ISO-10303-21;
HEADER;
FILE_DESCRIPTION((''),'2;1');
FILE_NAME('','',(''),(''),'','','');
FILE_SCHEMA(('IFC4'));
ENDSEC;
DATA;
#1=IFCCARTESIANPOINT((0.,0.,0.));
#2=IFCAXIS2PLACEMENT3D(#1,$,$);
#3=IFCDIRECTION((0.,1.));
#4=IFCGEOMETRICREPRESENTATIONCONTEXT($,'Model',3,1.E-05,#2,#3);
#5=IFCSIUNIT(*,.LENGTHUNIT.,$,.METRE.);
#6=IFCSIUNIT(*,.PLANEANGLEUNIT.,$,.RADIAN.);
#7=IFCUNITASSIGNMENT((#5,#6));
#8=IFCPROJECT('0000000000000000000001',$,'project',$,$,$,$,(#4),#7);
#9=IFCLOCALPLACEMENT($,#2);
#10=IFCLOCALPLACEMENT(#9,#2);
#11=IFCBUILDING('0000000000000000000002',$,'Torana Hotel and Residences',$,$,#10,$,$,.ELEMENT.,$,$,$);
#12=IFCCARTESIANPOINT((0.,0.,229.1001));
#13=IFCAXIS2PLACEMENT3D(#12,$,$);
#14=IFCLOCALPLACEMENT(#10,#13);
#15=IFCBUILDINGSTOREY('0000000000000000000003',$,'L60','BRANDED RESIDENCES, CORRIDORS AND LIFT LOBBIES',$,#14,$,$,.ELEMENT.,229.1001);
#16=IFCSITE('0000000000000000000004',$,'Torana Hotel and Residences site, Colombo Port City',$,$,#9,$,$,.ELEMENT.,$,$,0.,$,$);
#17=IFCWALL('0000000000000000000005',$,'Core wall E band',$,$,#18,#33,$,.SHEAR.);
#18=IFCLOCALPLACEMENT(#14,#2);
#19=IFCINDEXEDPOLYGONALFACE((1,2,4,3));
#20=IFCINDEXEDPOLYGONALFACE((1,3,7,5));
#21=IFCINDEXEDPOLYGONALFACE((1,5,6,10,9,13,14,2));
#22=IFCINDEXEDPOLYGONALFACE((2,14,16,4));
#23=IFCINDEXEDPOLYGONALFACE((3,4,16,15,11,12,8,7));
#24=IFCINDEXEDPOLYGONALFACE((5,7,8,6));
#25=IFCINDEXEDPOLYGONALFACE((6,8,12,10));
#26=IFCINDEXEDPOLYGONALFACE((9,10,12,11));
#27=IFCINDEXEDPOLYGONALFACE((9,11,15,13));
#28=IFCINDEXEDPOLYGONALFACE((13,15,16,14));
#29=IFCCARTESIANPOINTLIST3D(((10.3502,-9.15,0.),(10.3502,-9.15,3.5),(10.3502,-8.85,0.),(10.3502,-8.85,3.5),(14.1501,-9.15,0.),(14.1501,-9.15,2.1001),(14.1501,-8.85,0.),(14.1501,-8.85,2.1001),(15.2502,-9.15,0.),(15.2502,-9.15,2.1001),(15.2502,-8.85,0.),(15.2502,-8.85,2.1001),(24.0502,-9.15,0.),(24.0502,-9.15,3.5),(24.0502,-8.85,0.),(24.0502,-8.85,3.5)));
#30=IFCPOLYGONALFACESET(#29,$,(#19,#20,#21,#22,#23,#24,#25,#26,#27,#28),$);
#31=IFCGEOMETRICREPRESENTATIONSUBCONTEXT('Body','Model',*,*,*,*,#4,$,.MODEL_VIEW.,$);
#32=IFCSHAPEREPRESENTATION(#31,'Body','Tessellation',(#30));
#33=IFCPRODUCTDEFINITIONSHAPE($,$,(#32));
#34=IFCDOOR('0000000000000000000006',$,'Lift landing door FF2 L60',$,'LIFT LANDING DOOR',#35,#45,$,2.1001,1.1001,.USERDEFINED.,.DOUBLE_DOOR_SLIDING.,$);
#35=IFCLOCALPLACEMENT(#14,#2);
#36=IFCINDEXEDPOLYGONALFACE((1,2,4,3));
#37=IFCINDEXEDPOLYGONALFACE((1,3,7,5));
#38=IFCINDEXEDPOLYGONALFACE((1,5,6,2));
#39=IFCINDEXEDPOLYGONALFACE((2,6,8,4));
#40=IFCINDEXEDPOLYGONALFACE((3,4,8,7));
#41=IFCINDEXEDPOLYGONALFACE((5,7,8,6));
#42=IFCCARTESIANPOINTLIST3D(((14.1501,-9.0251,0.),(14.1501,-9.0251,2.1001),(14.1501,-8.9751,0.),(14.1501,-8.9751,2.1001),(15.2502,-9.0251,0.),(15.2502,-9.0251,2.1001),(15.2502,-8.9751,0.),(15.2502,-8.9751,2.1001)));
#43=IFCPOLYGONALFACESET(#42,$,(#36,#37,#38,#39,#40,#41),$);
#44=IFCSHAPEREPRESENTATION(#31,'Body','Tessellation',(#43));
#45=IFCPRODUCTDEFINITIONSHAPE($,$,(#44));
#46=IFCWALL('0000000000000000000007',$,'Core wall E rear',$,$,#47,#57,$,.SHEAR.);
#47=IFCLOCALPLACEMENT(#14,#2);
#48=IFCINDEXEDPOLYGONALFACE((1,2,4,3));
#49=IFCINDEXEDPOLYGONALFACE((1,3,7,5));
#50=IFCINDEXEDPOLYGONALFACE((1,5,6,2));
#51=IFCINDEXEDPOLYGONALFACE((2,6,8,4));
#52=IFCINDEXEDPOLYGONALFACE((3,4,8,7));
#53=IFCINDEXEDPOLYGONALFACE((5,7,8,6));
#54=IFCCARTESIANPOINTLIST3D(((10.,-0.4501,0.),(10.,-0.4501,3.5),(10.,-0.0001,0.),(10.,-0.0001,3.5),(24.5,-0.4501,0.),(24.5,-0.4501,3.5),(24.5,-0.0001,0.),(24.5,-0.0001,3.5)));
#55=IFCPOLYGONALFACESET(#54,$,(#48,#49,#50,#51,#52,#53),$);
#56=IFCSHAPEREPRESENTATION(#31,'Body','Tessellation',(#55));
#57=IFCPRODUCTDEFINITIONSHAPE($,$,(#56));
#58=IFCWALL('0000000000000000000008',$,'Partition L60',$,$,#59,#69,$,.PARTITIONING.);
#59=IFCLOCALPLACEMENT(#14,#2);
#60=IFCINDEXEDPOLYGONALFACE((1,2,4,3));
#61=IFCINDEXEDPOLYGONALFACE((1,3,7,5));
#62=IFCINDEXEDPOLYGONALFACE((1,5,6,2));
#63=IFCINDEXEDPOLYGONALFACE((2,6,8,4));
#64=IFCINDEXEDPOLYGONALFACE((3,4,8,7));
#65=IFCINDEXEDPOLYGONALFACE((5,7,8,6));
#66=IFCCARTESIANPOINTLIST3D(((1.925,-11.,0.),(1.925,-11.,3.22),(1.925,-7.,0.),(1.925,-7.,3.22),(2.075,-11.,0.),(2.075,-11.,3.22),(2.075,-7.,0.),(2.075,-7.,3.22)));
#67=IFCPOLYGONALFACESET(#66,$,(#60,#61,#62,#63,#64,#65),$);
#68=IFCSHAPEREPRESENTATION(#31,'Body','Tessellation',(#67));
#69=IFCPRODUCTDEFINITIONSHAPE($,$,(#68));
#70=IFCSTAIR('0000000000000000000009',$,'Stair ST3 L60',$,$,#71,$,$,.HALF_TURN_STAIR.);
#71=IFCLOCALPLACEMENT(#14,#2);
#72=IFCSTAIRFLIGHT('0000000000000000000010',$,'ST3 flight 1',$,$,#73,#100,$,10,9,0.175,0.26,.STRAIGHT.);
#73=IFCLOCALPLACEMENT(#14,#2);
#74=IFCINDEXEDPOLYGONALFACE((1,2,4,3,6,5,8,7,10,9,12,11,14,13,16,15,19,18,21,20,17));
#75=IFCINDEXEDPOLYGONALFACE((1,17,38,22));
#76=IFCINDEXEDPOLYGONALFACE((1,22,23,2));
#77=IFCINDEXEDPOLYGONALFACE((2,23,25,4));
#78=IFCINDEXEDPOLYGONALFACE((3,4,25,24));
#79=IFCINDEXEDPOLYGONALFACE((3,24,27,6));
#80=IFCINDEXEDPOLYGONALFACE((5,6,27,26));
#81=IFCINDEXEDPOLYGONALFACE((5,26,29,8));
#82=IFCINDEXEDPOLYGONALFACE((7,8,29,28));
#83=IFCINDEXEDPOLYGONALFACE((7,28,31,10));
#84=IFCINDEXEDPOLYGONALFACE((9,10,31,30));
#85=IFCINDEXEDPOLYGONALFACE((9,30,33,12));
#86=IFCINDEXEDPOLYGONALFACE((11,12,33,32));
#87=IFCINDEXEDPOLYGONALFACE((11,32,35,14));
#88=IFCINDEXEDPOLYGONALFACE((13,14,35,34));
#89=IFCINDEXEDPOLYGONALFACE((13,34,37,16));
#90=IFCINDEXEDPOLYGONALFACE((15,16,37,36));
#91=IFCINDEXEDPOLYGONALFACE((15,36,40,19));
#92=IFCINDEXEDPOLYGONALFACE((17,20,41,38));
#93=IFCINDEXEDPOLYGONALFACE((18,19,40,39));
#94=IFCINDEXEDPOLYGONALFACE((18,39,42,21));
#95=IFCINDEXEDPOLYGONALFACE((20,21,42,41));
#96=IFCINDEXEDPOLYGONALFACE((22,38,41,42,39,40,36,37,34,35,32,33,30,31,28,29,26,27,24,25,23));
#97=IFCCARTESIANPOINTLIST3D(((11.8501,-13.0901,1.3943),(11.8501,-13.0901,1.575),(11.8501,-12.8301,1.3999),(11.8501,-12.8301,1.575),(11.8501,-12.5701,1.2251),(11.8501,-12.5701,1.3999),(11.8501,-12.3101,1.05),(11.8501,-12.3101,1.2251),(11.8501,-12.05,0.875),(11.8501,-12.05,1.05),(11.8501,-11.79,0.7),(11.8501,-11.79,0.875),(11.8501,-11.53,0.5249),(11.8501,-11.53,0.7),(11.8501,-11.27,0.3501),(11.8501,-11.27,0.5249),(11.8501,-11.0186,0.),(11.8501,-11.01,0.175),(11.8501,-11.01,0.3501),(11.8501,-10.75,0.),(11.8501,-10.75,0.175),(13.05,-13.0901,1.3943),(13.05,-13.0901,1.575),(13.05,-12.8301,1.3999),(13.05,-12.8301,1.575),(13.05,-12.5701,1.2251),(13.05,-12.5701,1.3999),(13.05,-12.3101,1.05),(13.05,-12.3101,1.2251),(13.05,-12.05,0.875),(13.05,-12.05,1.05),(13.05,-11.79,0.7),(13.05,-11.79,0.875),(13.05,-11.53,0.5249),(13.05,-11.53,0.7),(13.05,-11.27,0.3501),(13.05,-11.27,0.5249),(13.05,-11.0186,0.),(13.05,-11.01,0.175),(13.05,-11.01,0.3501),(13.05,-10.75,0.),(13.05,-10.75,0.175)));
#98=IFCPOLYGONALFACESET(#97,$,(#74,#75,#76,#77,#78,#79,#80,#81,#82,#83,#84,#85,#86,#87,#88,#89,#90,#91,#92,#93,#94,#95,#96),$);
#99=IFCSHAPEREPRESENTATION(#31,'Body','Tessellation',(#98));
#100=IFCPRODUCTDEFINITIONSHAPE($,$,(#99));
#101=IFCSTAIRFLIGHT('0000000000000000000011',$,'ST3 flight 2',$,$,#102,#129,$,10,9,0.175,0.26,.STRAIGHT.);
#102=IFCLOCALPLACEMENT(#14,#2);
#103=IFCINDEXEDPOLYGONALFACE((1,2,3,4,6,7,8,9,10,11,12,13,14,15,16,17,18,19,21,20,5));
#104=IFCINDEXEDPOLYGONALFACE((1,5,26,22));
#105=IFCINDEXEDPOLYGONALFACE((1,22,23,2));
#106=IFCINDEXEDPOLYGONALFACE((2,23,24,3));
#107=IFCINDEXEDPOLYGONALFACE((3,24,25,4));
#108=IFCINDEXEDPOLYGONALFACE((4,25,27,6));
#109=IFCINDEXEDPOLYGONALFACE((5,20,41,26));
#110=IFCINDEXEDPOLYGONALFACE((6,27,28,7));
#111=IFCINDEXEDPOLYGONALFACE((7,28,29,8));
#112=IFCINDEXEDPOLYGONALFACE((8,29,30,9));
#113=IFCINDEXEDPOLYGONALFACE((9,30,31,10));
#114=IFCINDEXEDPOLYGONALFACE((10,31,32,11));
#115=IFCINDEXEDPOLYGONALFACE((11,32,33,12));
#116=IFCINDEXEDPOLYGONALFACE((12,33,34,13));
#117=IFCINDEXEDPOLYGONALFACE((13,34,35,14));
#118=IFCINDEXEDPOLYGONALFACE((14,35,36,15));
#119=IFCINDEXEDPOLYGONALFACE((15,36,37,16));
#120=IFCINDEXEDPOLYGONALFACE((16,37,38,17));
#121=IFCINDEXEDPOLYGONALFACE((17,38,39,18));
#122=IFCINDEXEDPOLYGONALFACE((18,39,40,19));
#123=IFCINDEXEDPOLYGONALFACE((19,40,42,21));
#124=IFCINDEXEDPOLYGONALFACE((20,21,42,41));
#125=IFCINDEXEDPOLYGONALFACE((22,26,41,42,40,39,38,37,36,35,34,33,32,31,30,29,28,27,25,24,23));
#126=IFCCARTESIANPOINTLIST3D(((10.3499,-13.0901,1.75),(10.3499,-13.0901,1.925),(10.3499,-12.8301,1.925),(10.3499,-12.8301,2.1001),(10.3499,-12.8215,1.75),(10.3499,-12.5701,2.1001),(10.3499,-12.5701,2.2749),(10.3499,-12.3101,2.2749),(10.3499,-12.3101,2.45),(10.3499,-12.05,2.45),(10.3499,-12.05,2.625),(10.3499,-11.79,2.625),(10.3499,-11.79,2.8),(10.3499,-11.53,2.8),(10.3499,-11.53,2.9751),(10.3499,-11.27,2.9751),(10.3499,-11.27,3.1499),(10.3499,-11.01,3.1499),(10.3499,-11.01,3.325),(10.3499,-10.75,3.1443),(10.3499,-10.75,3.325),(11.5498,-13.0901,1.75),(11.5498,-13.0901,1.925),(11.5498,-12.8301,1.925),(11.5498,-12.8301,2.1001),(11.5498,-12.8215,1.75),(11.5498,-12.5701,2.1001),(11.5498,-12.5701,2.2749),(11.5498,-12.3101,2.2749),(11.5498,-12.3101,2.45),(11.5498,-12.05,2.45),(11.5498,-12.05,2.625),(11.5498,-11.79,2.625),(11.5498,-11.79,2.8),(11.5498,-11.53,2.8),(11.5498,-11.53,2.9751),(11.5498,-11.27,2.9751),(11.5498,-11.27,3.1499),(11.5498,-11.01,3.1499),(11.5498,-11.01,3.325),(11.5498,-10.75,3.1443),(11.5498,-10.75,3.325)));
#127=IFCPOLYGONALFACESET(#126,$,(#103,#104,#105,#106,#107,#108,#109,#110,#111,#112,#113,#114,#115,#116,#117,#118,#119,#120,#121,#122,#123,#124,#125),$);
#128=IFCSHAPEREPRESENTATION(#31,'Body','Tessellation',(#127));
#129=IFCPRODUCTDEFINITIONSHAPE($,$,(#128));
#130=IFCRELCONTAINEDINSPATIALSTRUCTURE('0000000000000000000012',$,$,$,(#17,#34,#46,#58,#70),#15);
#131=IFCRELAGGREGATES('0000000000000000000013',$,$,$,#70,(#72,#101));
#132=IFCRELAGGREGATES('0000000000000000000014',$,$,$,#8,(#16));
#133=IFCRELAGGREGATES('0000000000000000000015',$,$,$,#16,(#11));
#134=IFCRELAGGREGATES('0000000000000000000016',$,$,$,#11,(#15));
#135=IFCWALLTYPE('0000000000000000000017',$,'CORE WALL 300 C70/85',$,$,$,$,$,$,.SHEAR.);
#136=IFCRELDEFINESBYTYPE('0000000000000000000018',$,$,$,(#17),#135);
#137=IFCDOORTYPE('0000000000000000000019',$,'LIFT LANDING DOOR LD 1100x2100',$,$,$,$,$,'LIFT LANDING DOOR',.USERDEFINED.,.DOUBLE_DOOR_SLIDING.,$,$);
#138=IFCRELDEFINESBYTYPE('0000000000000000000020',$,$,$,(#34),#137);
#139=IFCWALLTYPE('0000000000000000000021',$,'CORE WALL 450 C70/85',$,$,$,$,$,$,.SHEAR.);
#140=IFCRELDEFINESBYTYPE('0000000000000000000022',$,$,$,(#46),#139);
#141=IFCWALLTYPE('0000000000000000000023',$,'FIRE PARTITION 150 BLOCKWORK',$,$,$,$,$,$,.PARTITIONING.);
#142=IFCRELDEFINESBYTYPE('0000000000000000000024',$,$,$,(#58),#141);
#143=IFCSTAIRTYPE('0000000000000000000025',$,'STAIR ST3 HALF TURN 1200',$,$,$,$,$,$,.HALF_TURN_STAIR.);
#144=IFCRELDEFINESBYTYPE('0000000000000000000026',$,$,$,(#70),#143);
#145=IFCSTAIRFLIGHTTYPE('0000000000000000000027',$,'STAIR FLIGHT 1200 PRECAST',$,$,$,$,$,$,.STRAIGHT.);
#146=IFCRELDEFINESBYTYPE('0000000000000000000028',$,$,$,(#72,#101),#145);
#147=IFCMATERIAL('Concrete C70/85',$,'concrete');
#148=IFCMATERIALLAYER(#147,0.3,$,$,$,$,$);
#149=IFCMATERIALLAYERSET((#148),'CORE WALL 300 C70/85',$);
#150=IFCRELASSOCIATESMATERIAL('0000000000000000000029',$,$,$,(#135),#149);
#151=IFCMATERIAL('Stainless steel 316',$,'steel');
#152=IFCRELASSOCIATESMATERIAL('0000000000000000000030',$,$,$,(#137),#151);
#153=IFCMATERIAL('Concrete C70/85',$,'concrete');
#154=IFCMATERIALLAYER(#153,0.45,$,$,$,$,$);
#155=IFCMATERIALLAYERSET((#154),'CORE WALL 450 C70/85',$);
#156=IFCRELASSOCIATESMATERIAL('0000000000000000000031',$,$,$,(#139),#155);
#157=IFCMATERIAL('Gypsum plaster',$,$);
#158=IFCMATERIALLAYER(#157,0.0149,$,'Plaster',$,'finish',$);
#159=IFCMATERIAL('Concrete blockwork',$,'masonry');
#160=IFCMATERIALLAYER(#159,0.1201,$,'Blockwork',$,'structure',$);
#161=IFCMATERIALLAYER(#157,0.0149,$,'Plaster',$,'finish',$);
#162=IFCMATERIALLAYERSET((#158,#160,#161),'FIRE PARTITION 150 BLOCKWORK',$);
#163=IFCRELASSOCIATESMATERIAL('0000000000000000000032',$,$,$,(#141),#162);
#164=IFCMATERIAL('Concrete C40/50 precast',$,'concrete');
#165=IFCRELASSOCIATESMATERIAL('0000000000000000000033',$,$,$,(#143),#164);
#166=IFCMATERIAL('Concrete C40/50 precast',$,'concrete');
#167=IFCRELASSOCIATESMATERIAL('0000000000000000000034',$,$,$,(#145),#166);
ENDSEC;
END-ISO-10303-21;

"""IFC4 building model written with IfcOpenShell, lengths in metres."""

from ifc_helpers import new_model, si_unit, direction, frame, frame_2d, origin, place, context, subcontext, project, spatial, polyline, rectangle, outline, extrude, material, layer, layer_set, type_object, element, fill, aggregate, save


model = new_model("IFC4")

# Units and contexts
model_context = context("Model", 3, precision=1e-05, world=origin(), true_north=direction((0.0, 1.0)))
body_context = subcontext(model_context, "Body", "Model", "MODEL_VIEW")
ifc_project = project(units=[si_unit("LENGTHUNIT", "METRE"), si_unit("PLANEANGLEUNIT", "RADIAN")], contexts=[model_context])

# Site, building, storey
site_placement = place(None, origin())
site = spatial("IfcSite", under=ifc_project, at=site_placement, Name="Torana Hotel and Residences site, Colombo Port City", CompositionType="ELEMENT", RefElevation=0.0)
building_placement = place(site_placement, origin())
building = spatial("IfcBuilding", under=site, at=building_placement, Name="Torana Hotel and Residences", CompositionType="ELEMENT")
storey_placement = place(building_placement, frame((0.0, 0.0, 229.1001)))
storey = spatial("IfcBuildingStorey", under=building, at=storey_placement, Name="L60", Description="BRANDED RESIDENCES, CORRIDORS AND LIFT LOBBIES", CompositionType="ELEMENT", Elevation=229.1001)

# Shared definitions
ifc_material_1 = material(Name="Concrete C70/85", Category="concrete")
ifc_layer_1 = layer(ifc_material_1, 0.3)
ifc_layer_set_1 = layer_set([ifc_layer_1], Name="CORE WALL 300 C70/85")
wall_type_1 = type_object("IfcWallType", Name="CORE WALL 300 C70/85", PredefinedType="SHEAR", material=ifc_layer_set_1)
ifc_material_2 = material(Name="Stainless steel 316", Category="steel")
door_type_1 = type_object("IfcDoorType", Name="LIFT LANDING DOOR LD 1100x2100", ElementType="LIFT LANDING DOOR", OperationType="DOUBLE_DOOR_SLIDING", PredefinedType="USERDEFINED", material=ifc_material_2)

# Wall, opening, door
wall_1_placement = place(storey_placement, frame((10.3501, -9.0, 0.0), z_axis=(0.0, 0.0, 1.0), x_axis=(1.0, 0.0, 0.0)))
wall_1 = element("IfcWall", 1, at=wall_1_placement, inside=storey, type_object=wall_type_1, Name="Core wall E band", PredefinedType="SHEAR", context=body_context, shape_type="SweptSolid", body=[
    extrude(rectangle(XDim=13.7, YDim=0.3, at=frame_2d((6.8501, 0.0))), origin(), (0.0, 0.0, 1.0), 3.5),
])
opening_1_placement = place(wall_1_placement, frame((3.8, 0.0, 0.0)))
opening_1 = element("IfcOpeningElement", 2, at=opening_1_placement, cuts=wall_1, PredefinedType="OPENING", context=body_context, shape_type="SweptSolid", body=[
    extrude(rectangle(XDim=1.1001, YDim=2.1001, at=frame_2d((0.55, 1.05))), frame((0.0, 0.1599, 0.0), z_axis=(0.0, -1.0, 0.0), x_axis=(1.0, 0.0, 0.0)), (0.0, 0.0, 1.0), 0.3201),
])
door_1_placement = place(opening_1_placement, origin())
door_1 = element("IfcDoor", 3, at=door_1_placement, inside=storey, type_object=door_type_1, Name="Lift landing door FF2 L60", ObjectType="LIFT LANDING DOOR", OperationType="DOUBLE_DOOR_SLIDING", OverallHeight=2.1001, OverallWidth=1.1001, PredefinedType="USERDEFINED", context=body_context, shape_type="SweptSolid", body=[
    extrude(rectangle(XDim=1.1001, YDim=2.1001, at=frame_2d((0.55, 1.05))), frame((0.0, 0.0249, 0.0), z_axis=(0.0, -1.0, 0.0), x_axis=(1.0, 0.0, 0.0)), (0.0, 0.0, 1.0), 0.05),
])
fill(opening_1, door_1)

# Walls
ifc_material_3 = material(Name="Concrete C70/85", Category="concrete")
ifc_layer_2 = layer(ifc_material_3, 0.45)
ifc_layer_set_2 = layer_set([ifc_layer_2], Name="CORE WALL 450 C70/85")
wall_type_2 = type_object("IfcWallType", Name="CORE WALL 450 C70/85", PredefinedType="SHEAR", material=ifc_layer_set_2)
wall_2_placement = place(storey_placement, frame((10.0, -0.2251, 0.0), z_axis=(0.0, 0.0, 1.0), x_axis=(1.0, 0.0, 0.0)))
element("IfcWall", 4, at=wall_2_placement, inside=storey, type_object=wall_type_2, Name="Core wall E rear", PredefinedType="SHEAR", context=body_context, shape_type="SweptSolid", body=[
    extrude(rectangle(XDim=14.5, YDim=0.45, at=frame_2d((7.25, 0.0))), origin(), (0.0, 0.0, 1.0), 3.5),
])
ifc_material_4 = material(Name="Gypsum plaster")
ifc_layer_3 = layer(ifc_material_4, 0.0149, Name="Plaster", Category="finish")
ifc_material_5 = material(Name="Concrete blockwork", Category="masonry")
ifc_layer_4 = layer(ifc_material_5, 0.1201, Name="Blockwork", Category="structure")
ifc_layer_5 = layer(ifc_material_4, 0.0149, Name="Plaster", Category="finish")
ifc_layer_set_3 = layer_set([ifc_layer_3, ifc_layer_4, ifc_layer_5], Name="FIRE PARTITION 150 BLOCKWORK")
wall_type_3 = type_object("IfcWallType", Name="FIRE PARTITION 150 BLOCKWORK", PredefinedType="PARTITIONING", material=ifc_layer_set_3)
wall_3_placement = place(storey_placement, frame((2.0, -11.0, 0.0), z_axis=(0.0, 0.0, 1.0), x_axis=(0.0, 1.0, 0.0)))
element("IfcWall", 5, at=wall_3_placement, inside=storey, type_object=wall_type_3, Name="Partition L60", PredefinedType="PARTITIONING", context=body_context, shape_type="SweptSolid", body=[
    extrude(rectangle(XDim=4.0, YDim=0.1499, at=frame_2d((2.0, 0.0))), origin(), (0.0, 0.0, 1.0), 3.22),
])

# Stair, stair flights
ifc_material_6 = material(Name="Concrete C40/50 precast", Category="concrete")
stair_type = type_object("IfcStairType", Name="STAIR ST3 HALF TURN 1200", PredefinedType="HALF_TURN_STAIR", material=ifc_material_6)
stair_placement = place(storey_placement, origin())
stair = element("IfcStair", 6, at=stair_placement, inside=storey, type_object=stair_type, Name="Stair ST3 L60", PredefinedType="HALF_TURN_STAIR")
ifc_material_7 = material(Name="Concrete C40/50 precast", Category="concrete")
stair_flight_type = type_object("IfcStairFlightType", Name="STAIR FLIGHT 1200 PRECAST", PredefinedType="STRAIGHT", material=ifc_material_7)
stair_flight_1_placement = place(storey_placement, frame((12.45, -10.75, 0.0), z_axis=(0.0, 0.0, 1.0), x_axis=(0.0, -1.0, 0.0)))
stair_flight_1 = element("IfcStairFlight", 7, at=stair_flight_1_placement, type_object=stair_flight_type, Name="ST3 flight 1", NumberOfRisers=10, NumberOfTreads=9, PredefinedType="STRAIGHT", RiserHeight=0.175, TreadLength=0.26, context=body_context, shape_type="SweptSolid", body=[
    extrude(outline(polyline([(0.0, 0.0), (0.0, 0.175), (0.26, 0.175), (0.26, 0.3501), (0.52, 0.3501), (0.52, 0.5249), (0.78, 0.5249), (0.78, 0.7), (1.04, 0.7), (1.04, 0.875), (1.3, 0.875), (1.3, 1.05), (1.5601, 1.05), (1.5601, 1.2251), (1.8201, 1.2251), (1.8201, 1.3999), (2.0801, 1.3999), (2.0801, 1.575), (2.3401, 1.575), (2.3401, 1.75), (2.3401, 1.3943), (0.2686, 0.0), (0.0, 0.0)])), frame((0.0, 0.6001, 0.0), z_axis=(0.0, -1.0, 0.0), x_axis=(1.0, 0.0, 0.0)), (0.0, 0.0, 1.0), 1.2),
])
stair_flight_2_placement = place(storey_placement, frame((10.95, -13.0901, 1.75), z_axis=(0.0, 0.0, 1.0), x_axis=(0.0, 1.0, 0.0)))
stair_flight_2 = element("IfcStairFlight", 8, at=stair_flight_2_placement, type_object=stair_flight_type, Name="ST3 flight 2", NumberOfRisers=10, NumberOfTreads=9, PredefinedType="STRAIGHT", RiserHeight=0.175, TreadLength=0.26, context=body_context, shape_type="SweptSolid", body=[
    extrude(outline(polyline([(0.0, 0.0), (0.0, 0.175), (0.26, 0.175), (0.26, 0.3501), (0.52, 0.3501), (0.52, 0.5249), (0.78, 0.5249), (0.78, 0.7), (1.04, 0.7), (1.04, 0.875), (1.3, 0.875), (1.3, 1.05), (1.5601, 1.05), (1.5601, 1.2251), (1.8201, 1.2251), (1.8201, 1.3999), (2.0801, 1.3999), (2.0801, 1.575), (2.3401, 1.575), (2.3401, 1.75), (2.3401, 1.3943), (0.2686, 0.0), (0.0, 0.0)])), frame((0.0, 0.6001, 0.0), z_axis=(0.0, -1.0, 0.0), x_axis=(1.0, 0.0, 0.0)), (0.0, 0.0, 1.0), 1.2),
])
aggregate(stair, [stair_flight_1, stair_flight_2])

save(model, "model.ifc")
